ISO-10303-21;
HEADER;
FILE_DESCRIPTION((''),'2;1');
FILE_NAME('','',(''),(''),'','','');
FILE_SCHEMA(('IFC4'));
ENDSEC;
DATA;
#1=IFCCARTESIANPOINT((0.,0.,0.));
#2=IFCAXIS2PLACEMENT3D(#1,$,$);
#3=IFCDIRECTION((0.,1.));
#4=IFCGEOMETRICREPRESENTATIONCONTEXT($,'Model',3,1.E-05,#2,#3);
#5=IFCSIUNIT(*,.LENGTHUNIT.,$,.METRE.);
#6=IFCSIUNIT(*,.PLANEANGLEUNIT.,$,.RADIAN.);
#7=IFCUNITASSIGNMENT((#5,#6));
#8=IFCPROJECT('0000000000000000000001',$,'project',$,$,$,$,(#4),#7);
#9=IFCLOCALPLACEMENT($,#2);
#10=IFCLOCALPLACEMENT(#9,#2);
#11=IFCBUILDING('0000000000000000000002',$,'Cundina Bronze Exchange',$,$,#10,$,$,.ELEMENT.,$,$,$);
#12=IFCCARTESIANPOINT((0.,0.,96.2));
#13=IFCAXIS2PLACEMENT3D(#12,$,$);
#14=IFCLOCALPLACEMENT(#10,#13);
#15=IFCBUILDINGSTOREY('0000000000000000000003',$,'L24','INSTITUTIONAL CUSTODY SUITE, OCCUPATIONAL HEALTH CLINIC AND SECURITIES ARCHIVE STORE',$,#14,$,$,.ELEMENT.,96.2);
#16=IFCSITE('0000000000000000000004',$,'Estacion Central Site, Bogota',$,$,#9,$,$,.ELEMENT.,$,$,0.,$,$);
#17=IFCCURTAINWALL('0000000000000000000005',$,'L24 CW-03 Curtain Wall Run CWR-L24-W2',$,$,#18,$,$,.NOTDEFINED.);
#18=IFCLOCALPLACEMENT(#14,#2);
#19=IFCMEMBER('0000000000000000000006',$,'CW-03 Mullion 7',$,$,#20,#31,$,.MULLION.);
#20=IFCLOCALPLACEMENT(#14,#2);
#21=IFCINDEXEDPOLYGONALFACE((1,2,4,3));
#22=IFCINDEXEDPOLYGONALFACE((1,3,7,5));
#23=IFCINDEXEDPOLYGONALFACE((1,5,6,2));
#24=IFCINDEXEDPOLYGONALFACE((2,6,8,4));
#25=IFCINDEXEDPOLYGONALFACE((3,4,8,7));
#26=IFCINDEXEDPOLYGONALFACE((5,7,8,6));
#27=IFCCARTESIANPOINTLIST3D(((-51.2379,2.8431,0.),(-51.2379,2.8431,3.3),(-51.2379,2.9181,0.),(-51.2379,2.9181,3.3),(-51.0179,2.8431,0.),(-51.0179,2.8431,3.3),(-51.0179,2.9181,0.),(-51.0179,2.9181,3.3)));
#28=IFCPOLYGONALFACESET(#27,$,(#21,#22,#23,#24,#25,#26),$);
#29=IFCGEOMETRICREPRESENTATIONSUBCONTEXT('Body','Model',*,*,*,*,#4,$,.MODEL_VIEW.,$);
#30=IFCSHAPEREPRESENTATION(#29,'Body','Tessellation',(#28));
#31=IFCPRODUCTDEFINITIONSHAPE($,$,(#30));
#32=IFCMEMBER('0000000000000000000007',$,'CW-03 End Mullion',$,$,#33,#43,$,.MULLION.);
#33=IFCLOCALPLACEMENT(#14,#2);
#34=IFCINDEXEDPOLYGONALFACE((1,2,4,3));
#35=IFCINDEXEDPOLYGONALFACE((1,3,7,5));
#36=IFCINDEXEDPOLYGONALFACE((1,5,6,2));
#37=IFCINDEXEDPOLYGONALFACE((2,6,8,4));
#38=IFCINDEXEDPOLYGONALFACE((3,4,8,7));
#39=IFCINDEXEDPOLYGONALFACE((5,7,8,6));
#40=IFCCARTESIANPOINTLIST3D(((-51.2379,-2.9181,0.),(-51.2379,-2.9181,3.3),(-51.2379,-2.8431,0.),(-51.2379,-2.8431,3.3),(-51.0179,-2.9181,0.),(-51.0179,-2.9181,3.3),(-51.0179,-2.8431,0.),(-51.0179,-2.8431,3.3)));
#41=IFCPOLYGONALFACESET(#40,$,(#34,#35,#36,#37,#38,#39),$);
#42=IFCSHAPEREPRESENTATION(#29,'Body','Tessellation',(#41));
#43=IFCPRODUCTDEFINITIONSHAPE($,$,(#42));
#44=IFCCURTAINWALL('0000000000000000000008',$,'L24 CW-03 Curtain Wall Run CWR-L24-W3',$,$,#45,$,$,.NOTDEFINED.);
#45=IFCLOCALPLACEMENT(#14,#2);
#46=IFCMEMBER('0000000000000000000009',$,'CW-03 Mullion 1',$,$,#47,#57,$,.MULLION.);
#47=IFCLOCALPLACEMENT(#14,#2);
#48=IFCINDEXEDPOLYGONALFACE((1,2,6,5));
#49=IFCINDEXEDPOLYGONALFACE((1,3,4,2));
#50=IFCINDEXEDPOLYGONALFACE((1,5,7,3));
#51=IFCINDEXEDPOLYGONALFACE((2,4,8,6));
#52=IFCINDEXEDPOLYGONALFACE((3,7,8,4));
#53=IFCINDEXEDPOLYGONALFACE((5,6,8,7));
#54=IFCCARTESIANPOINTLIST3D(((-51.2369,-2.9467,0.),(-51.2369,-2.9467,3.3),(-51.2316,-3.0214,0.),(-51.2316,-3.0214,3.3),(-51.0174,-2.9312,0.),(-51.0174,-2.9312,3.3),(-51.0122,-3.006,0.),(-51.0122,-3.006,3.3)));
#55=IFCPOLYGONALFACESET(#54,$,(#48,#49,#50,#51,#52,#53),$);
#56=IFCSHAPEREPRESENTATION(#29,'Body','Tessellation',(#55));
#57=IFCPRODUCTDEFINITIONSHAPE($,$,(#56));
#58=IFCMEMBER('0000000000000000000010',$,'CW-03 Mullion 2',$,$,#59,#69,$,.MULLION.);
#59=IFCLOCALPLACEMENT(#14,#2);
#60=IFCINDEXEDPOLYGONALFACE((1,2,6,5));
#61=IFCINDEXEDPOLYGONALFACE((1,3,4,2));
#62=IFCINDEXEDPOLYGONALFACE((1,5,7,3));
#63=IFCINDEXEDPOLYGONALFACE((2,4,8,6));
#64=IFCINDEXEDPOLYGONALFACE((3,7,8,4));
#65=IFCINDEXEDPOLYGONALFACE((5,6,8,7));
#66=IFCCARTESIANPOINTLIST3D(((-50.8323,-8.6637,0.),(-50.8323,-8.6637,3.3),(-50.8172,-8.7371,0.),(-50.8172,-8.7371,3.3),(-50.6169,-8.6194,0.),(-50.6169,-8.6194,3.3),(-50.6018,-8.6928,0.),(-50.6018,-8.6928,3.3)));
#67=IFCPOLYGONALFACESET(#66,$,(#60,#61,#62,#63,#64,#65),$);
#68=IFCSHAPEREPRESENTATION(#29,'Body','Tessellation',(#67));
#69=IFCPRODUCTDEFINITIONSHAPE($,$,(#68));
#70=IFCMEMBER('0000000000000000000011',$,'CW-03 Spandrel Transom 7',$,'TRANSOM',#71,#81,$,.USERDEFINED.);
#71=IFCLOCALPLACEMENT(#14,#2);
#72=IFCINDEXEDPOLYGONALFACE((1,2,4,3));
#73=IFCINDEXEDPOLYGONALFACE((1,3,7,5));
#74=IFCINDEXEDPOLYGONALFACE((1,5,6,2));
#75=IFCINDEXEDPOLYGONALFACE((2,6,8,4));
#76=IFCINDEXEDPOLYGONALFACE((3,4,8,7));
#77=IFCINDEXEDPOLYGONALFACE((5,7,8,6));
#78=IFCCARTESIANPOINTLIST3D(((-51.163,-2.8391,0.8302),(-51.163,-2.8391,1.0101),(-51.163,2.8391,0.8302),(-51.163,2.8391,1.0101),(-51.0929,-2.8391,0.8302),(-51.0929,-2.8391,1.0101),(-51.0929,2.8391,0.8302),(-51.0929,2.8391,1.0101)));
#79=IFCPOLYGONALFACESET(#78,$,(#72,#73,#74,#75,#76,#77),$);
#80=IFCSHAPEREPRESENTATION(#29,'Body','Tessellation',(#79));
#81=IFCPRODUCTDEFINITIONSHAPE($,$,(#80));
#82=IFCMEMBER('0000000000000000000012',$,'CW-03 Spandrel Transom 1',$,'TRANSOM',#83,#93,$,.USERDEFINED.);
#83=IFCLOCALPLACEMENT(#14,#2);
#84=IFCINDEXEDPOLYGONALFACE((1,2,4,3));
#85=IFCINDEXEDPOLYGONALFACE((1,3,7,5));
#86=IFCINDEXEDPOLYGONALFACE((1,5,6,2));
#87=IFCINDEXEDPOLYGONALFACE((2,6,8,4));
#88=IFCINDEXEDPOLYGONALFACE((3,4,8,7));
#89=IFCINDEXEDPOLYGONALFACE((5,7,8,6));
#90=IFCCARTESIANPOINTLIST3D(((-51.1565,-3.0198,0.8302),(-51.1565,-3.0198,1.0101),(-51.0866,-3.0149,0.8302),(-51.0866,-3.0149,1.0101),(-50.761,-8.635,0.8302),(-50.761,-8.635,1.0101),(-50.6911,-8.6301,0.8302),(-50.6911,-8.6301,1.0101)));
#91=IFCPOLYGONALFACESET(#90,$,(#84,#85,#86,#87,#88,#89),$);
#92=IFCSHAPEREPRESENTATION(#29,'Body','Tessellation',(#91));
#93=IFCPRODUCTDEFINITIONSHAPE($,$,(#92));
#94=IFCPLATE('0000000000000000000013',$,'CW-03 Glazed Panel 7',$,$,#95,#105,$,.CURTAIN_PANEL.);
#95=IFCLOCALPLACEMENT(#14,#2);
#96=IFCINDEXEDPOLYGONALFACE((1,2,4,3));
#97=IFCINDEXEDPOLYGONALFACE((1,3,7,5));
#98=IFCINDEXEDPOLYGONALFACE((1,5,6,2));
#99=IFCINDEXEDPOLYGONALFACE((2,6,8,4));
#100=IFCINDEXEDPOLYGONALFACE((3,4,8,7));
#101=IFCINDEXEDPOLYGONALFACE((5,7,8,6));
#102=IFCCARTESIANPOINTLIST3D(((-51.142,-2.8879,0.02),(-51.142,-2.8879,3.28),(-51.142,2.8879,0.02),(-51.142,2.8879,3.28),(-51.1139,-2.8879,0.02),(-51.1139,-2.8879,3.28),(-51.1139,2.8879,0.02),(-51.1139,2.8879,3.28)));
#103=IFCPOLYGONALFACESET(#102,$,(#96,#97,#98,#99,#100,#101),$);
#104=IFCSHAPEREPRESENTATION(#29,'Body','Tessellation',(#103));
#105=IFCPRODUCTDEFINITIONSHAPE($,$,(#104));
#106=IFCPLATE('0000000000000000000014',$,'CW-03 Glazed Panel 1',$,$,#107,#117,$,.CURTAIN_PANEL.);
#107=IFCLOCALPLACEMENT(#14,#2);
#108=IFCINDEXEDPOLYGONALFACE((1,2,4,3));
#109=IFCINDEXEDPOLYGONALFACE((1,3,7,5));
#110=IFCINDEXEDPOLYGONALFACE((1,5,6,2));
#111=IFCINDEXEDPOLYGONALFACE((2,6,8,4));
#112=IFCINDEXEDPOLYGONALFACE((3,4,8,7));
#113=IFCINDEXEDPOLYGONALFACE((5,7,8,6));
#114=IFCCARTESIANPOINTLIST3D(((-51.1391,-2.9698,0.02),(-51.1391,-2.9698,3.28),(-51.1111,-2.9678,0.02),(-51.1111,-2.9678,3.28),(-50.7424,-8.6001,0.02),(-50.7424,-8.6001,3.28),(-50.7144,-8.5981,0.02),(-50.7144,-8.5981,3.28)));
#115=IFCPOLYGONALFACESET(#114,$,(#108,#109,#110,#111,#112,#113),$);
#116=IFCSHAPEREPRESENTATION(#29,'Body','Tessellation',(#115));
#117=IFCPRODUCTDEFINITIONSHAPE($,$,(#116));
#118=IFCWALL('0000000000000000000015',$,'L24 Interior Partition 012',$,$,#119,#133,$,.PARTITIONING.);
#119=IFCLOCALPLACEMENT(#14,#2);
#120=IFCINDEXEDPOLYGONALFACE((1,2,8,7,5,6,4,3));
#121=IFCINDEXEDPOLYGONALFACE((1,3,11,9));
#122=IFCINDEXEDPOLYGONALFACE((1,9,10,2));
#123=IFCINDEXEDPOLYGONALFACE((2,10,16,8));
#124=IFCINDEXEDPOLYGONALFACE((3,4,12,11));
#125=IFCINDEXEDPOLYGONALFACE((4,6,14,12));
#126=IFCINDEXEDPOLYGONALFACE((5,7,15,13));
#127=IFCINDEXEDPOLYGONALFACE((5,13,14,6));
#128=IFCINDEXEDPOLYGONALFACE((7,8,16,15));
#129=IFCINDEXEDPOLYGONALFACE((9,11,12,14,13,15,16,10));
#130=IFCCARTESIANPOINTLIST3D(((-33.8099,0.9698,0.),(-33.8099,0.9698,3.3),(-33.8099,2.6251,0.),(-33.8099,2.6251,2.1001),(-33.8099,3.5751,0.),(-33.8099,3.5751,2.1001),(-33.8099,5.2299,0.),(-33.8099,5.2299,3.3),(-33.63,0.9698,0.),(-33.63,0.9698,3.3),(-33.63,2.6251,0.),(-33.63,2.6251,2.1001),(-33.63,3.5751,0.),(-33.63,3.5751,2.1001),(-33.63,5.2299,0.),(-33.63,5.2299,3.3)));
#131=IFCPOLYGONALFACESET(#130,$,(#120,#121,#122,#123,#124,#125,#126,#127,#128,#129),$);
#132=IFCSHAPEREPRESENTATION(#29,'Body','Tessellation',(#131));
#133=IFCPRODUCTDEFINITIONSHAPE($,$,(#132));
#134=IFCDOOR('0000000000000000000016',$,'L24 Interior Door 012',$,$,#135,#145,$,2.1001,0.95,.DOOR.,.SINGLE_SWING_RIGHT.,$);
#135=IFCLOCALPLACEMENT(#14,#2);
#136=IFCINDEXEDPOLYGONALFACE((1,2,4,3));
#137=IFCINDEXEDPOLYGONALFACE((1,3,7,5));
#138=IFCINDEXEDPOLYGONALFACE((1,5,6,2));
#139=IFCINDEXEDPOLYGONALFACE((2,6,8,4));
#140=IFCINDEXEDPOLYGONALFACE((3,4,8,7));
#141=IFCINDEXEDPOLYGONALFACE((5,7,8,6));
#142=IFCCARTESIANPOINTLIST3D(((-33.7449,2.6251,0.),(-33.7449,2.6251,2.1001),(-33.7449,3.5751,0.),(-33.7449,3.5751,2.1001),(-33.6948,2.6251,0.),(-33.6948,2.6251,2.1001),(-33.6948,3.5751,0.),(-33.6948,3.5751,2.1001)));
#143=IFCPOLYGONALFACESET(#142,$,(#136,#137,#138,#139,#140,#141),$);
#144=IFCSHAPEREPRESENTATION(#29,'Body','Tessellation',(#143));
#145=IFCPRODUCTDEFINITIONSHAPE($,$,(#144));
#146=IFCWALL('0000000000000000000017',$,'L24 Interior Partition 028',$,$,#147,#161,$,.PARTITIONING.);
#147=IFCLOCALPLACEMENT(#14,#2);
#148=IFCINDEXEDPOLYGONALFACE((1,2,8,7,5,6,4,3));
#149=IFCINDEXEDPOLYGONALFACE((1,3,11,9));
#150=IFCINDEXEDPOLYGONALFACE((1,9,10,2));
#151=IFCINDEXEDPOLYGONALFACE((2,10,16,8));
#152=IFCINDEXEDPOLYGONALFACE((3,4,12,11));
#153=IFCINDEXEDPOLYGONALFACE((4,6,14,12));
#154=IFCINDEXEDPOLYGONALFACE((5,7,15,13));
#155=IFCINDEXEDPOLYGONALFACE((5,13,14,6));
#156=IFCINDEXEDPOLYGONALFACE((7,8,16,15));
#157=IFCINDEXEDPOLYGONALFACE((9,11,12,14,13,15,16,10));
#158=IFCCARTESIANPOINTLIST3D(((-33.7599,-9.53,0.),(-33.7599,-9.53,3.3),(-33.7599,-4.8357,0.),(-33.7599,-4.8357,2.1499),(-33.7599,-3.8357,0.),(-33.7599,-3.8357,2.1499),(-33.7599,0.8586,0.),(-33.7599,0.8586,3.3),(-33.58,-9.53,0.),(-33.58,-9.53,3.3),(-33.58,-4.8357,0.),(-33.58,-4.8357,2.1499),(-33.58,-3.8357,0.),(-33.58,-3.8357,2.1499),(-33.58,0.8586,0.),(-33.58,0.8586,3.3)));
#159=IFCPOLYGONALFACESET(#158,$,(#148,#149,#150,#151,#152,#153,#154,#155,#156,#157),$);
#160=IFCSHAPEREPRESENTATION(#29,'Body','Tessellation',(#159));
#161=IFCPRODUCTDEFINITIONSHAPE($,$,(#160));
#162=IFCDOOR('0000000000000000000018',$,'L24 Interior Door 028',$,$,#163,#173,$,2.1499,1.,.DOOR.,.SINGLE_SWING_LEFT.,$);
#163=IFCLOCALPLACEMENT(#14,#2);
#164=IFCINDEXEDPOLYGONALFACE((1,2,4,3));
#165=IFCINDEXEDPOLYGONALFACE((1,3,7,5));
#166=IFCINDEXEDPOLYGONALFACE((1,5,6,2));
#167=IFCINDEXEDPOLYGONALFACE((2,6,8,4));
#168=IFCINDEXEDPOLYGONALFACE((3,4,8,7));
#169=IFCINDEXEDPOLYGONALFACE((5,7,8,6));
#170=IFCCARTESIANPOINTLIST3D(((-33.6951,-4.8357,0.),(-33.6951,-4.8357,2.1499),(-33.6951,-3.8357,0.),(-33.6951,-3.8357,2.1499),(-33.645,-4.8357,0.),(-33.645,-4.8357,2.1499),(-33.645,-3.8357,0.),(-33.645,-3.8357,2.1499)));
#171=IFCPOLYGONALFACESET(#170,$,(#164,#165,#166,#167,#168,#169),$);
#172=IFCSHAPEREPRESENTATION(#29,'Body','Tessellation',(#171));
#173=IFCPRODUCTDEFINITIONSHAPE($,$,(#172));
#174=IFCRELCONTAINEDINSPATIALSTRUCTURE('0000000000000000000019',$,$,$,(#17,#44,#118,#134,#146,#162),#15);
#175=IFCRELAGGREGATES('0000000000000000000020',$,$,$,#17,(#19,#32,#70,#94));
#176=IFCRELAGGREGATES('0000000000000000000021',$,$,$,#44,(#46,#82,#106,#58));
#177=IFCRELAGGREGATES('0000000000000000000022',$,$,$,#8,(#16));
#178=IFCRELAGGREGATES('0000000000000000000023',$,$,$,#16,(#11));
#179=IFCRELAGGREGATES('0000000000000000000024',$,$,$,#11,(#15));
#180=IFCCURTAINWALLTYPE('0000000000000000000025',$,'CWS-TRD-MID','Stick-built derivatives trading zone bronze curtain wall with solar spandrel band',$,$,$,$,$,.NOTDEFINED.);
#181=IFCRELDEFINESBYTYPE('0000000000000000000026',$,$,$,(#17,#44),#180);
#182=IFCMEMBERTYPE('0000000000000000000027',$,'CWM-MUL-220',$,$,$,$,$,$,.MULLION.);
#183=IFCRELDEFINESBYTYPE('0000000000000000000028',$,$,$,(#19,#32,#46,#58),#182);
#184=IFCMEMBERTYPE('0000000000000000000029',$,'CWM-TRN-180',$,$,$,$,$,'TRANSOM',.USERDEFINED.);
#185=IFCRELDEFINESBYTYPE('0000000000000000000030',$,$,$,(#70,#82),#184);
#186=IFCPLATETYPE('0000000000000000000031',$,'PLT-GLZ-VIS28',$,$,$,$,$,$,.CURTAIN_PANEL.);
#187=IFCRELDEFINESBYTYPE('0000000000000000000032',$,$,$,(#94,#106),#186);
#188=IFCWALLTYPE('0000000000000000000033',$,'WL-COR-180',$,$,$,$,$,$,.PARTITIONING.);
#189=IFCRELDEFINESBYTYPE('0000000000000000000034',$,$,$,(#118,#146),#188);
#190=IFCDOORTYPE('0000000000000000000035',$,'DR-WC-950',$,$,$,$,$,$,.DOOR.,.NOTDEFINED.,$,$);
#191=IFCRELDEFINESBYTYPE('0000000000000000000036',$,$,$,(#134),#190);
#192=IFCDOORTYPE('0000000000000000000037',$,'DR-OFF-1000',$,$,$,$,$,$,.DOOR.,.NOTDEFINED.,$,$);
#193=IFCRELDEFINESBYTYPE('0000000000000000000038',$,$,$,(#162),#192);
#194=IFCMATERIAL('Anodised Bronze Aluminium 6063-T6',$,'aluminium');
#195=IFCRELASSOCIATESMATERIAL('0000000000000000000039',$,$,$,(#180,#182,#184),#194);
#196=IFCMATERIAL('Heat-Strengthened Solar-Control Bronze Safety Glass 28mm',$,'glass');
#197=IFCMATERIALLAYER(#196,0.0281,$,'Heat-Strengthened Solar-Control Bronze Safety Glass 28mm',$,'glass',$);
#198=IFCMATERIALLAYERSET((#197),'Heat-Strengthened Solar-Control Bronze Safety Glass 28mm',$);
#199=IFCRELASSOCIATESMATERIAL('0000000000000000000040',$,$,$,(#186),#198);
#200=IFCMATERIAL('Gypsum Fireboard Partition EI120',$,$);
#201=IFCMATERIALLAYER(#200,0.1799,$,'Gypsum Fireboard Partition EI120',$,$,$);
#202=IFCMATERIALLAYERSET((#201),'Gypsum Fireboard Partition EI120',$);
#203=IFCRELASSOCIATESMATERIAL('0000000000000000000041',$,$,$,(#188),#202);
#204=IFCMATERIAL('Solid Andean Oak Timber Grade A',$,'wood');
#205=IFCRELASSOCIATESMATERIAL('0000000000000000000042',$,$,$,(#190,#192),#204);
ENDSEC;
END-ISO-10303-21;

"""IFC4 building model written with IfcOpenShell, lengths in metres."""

from ifc_helpers import new_model, si_unit, direction, frame, frame_2d, origin, origin_2d, place, context, subcontext, project, spatial, rectangle, extrude, material, layer, layer_set, material_profile, profile_set, type_object, element, fill, aggregate, save


model = new_model("IFC4")

# Units and contexts
model_context = context("Model", 3, precision=1e-05, world=origin(), true_north=direction((0.0, 1.0)))
body_context = subcontext(model_context, "Body", "Model", "MODEL_VIEW")
ifc_project = project(units=[si_unit("LENGTHUNIT", "METRE"), si_unit("PLANEANGLEUNIT", "RADIAN")], contexts=[model_context])

# Site, building, storey
site_placement = place(None, origin())
site = spatial("IfcSite", under=ifc_project, at=site_placement, Name="Estacion Central Site, Bogota", CompositionType="ELEMENT", RefElevation=0.0)
building_placement = place(site_placement, origin())
building = spatial("IfcBuilding", under=site, at=building_placement, Name="Cundina Bronze Exchange", CompositionType="ELEMENT")
storey_placement = place(building_placement, frame((0.0, 0.0, 96.2)))
storey = spatial("IfcBuildingStorey", under=building, at=storey_placement, Name="L24", Description="INSTITUTIONAL CUSTODY SUITE, OCCUPATIONAL HEALTH CLINIC AND SECURITIES ARCHIVE STORE", CompositionType="ELEMENT", Elevation=96.2)

# Curtain walls, members
ifc_material_1 = material(Name="Anodised Bronze Aluminium 6063-T6", Category="aluminium")
curtain_wall_type = type_object("IfcCurtainWallType", Name="CWS-TRD-MID", Description="Stick-built derivatives trading zone bronze curtain wall with solar spandrel band", PredefinedType="NOTDEFINED", material=ifc_material_1)
curtain_wall_1_placement = place(storey_placement, origin())
curtain_wall_1 = element("IfcCurtainWall", 1, at=curtain_wall_1_placement, inside=storey, type_object=curtain_wall_type, Name="L24 CW-03 Curtain Wall Run CWR-L24-W2", PredefinedType="NOTDEFINED")
ifc_material_profile_1 = material_profile(ifc_material_1, rectangle(XDim=0.075, YDim=0.22, at=origin_2d()), Name="AL75X220", Category="aluminium")
ifc_profile_set_1 = profile_set([ifc_material_profile_1], Name="Anodised Bronze Aluminium 6063-T6")
member_type_1 = type_object("IfcMemberType", Name="CWM-MUL-220", PredefinedType="MULLION", material=ifc_profile_set_1)
member_1_placement = place(storey_placement, frame((-51.1279, 2.8806, 0.0), z_axis=(0.0, 0.0, 1.0), x_axis=(0.0, -1.0, 0.0)))
member_1 = element("IfcMember", 2, at=member_1_placement, type_object=member_type_1, Name="CW-03 Mullion 7", PredefinedType="MULLION", context=body_context, shape_type="SweptSolid", body=[
    extrude(rectangle(XDim=0.075, YDim=0.22, at=origin_2d()), origin(), (0.0, 0.0, 1.0), 3.3),
])
member_2_placement = place(storey_placement, frame((-51.1279, -2.8806, 0.0), z_axis=(0.0, 0.0, 1.0), x_axis=(0.0, -1.0, 0.0)))
member_2 = element("IfcMember", 3, at=member_2_placement, type_object=member_type_1, Name="CW-03 End Mullion", PredefinedType="MULLION", context=body_context, shape_type="SweptSolid", body=[
    extrude(rectangle(XDim=0.075, YDim=0.22, at=origin_2d()), origin(), (0.0, 0.0, 1.0), 3.3),
])
curtain_wall_2_placement = place(storey_placement, origin())
curtain_wall_2 = element("IfcCurtainWall", 4, at=curtain_wall_2_placement, inside=storey, type_object=curtain_wall_type, Name="L24 CW-03 Curtain Wall Run CWR-L24-W3", PredefinedType="NOTDEFINED")
member_3_placement = place(storey_placement, frame((-51.1245, -2.9763, 0.0), z_axis=(0.0, 0.0, 1.0), x_axis=(0.070279, -0.997527, 0.0)))
member_3 = element("IfcMember", 5, at=member_3_placement, type_object=member_type_1, Name="CW-03 Mullion 1", PredefinedType="MULLION", context=body_context, shape_type="SweptSolid", body=[
    extrude(rectangle(XDim=0.075, YDim=0.22, at=origin_2d()), origin(), (0.0, 0.0, 1.0), 3.3),
])
member_4_placement = place(storey_placement, frame((-50.717, -8.6782, 0.0), z_axis=(0.0, 0.0, 1.0), x_axis=(0.20142, -0.979505, 0.0)))
member_4 = element("IfcMember", 6, at=member_4_placement, type_object=member_type_1, Name="CW-03 Mullion 2", PredefinedType="MULLION", context=body_context, shape_type="SweptSolid", body=[
    extrude(rectangle(XDim=0.075, YDim=0.22, at=origin_2d()), origin(), (0.0, 0.0, 1.0), 3.3),
])

# Members
ifc_material_profile_2 = material_profile(ifc_material_1, rectangle(XDim=0.0701, YDim=0.1799, at=origin_2d()), Name="AL70X180", Category="aluminium")
ifc_profile_set_2 = profile_set([ifc_material_profile_2], Name="Anodised Bronze Aluminium 6063-T6")
member_type_2 = type_object("IfcMemberType", Name="CWM-TRN-180", ElementType="TRANSOM", PredefinedType="USERDEFINED", material=ifc_profile_set_2)
member_5_placement = place(storey_placement, frame((-51.1279, 2.8391, 0.9202), z_axis=(0.0, -1.0, 0.0), x_axis=(1.0, 0.0, 0.0)))
member_5 = element("IfcMember", 7, at=member_5_placement, type_object=member_type_2, Name="CW-03 Spandrel Transom 7", ObjectType="TRANSOM", PredefinedType="USERDEFINED", context=body_context, shape_type="SweptSolid", body=[
    extrude(rectangle(XDim=0.0701, YDim=0.1799, at=origin_2d()), origin(), (0.0, 0.0, 1.0), 5.6782),
])
member_6_placement = place(storey_placement, frame((-51.1216, -3.0173, 0.9202), z_axis=(0.070261, -0.997529, 0.0), x_axis=(0.997529, 0.070261, 0.0)))
member_6 = element("IfcMember", 8, at=member_6_placement, type_object=member_type_2, Name="CW-03 Spandrel Transom 1", ObjectType="TRANSOM", PredefinedType="USERDEFINED", context=body_context, shape_type="SweptSolid", body=[
    extrude(rectangle(XDim=0.0701, YDim=0.1799, at=origin_2d()), origin(), (0.0, 0.0, 1.0), 5.6292),
])

# Plates
ifc_material_2 = material(Name="Heat-Strengthened Solar-Control Bronze Safety Glass 28mm", Category="glass")
ifc_layer_1 = layer(ifc_material_2, 0.0281, Name="Heat-Strengthened Solar-Control Bronze Safety Glass 28mm", Category="glass")
ifc_layer_set_1 = layer_set([ifc_layer_1], Name="Heat-Strengthened Solar-Control Bronze Safety Glass 28mm")
plate_type = type_object("IfcPlateType", Name="PLT-GLZ-VIS28", PredefinedType="CURTAIN_PANEL", material=ifc_layer_set_1)
plate_1_placement = place(storey_placement, frame((-51.1279, 0.0, 0.02), z_axis=(0.0, 0.0, 1.0), x_axis=(0.0, -1.0, 0.0)))
plate_1 = element("IfcPlate", 9, at=plate_1_placement, type_object=plate_type, Name="CW-03 Glazed Panel 7", PredefinedType="CURTAIN_PANEL", context=body_context, shape_type="SweptSolid", body=[
    extrude(rectangle(XDim=5.7759, YDim=0.0281, at=origin_2d()), origin(), (0.0, 0.0, 1.0), 3.26),
])
aggregate(curtain_wall_1, [member_1, member_2, member_5, plate_1])
plate_2_placement = place(storey_placement, frame((-50.9268, -5.7839, 0.02), z_axis=(0.0, 0.0, 1.0), x_axis=(0.070279, -0.997527, 0.0)))
plate_2 = element("IfcPlate", 10, at=plate_2_placement, type_object=plate_type, Name="CW-03 Glazed Panel 1", PredefinedType="CURTAIN_PANEL", context=body_context, shape_type="SweptSolid", body=[
    extrude(rectangle(XDim=5.6443, YDim=0.0281, at=origin_2d()), origin(), (0.0, 0.0, 1.0), 3.26),
])
aggregate(curtain_wall_2, [member_3, member_6, plate_2, member_4])

# Walls, openings, doors
ifc_material_3 = material(Name="Gypsum Fireboard Partition EI120")
ifc_layer_2 = layer(ifc_material_3, 0.1799, Name="Gypsum Fireboard Partition EI120")
ifc_layer_set_2 = layer_set([ifc_layer_2], Name="Gypsum Fireboard Partition EI120")
wall_type_1 = type_object("IfcWallType", Name="WL-COR-180", PredefinedType="PARTITIONING", material=ifc_layer_set_2)
wall_1_placement = place(storey_placement, frame((-33.72, 0.97, 0.0), z_axis=(0.0, 0.0, 1.0), x_axis=(0.0, 1.0, 0.0)))
wall_1 = element("IfcWall", 11, at=wall_1_placement, inside=storey, type_object=wall_type_1, Name="L24 Interior Partition 012", PredefinedType="PARTITIONING", context=body_context, shape_type="SweptSolid", body=[
    extrude(rectangle(XDim=4.26, YDim=0.1799, at=frame_2d((2.1299, 0.0))), origin(), (0.0, 0.0, 1.0), 3.3),
])
opening_1_placement = place(wall_1_placement, frame((1.655, 0.0, 0.0)))
opening_1 = element("IfcOpeningElement", 12, at=opening_1_placement, cuts=wall_1, PredefinedType="OPENING", context=body_context, shape_type="SweptSolid", body=[
    extrude(rectangle(XDim=0.95, YDim=2.1001, at=frame_2d((0.4751, 1.05))), frame((0.0, 0.0999, 0.0), z_axis=(0.0, -1.0, 0.0), x_axis=(1.0, 0.0, 0.0)), (0.0, 0.0, 1.0), 0.2),
])
ifc_material_4 = material(Name="Solid Andean Oak Timber Grade A", Category="wood")
door_type_1 = type_object("IfcDoorType", Name="DR-WC-950", OperationType="NOTDEFINED", PredefinedType="DOOR", material=ifc_material_4)
door_1_placement = place(opening_1_placement, origin())
door_1 = element("IfcDoor", 13, at=door_1_placement, inside=storey, type_object=door_type_1, Name="L24 Interior Door 012", OperationType="SINGLE_SWING_RIGHT", OverallHeight=2.1001, OverallWidth=0.95, PredefinedType="DOOR", context=body_context, shape_type="SweptSolid", body=[
    extrude(rectangle(XDim=0.95, YDim=2.1001, at=frame_2d((0.4751, 1.05))), frame((0.0, 0.0249, 0.0), z_axis=(0.0, -1.0, 0.0), x_axis=(1.0, 0.0, 0.0)), (0.0, 0.0, 1.0), 0.05),
])
fill(opening_1, door_1)
wall_2_placement = place(storey_placement, frame((-33.6699, 0.8586, 0.0), z_axis=(0.0, 0.0, 1.0), x_axis=(0.0, -1.0, 0.0)))
wall_2 = element("IfcWall", 14, at=wall_2_placement, inside=storey, type_object=wall_type_1, Name="L24 Interior Partition 028", PredefinedType="PARTITIONING", context=body_context, shape_type="SweptSolid", body=[
    extrude(rectangle(XDim=10.3887, YDim=0.1799, at=frame_2d((5.1943, 0.0))), origin(), (0.0, 0.0, 1.0), 3.3),
])
opening_2_placement = place(wall_2_placement, frame((4.6943, 0.0, 0.0)))
opening_2 = element("IfcOpeningElement", 15, at=opening_2_placement, cuts=wall_2, PredefinedType="OPENING", context=body_context, shape_type="SweptSolid", body=[
    extrude(rectangle(XDim=1.0, YDim=2.1499, at=frame_2d((0.5, 1.075))), frame((0.0, 0.0999, 0.0), z_axis=(0.0, -1.0, 0.0), x_axis=(1.0, 0.0, 0.0)), (0.0, 0.0, 1.0), 0.2),
])
door_type_2 = type_object("IfcDoorType", Name="DR-OFF-1000", OperationType="NOTDEFINED", PredefinedType="DOOR", material=ifc_material_4)
door_2_placement = place(opening_2_placement, origin())
door_2 = element("IfcDoor", 16, at=door_2_placement, inside=storey, type_object=door_type_2, Name="L24 Interior Door 028", OperationType="SINGLE_SWING_LEFT", OverallHeight=2.1499, OverallWidth=1.0, PredefinedType="DOOR", context=body_context, shape_type="SweptSolid", body=[
    extrude(rectangle(XDim=1.0, YDim=2.1499, at=frame_2d((0.5, 1.075))), frame((0.0, 0.0249, 0.0), z_axis=(0.0, -1.0, 0.0), x_axis=(1.0, 0.0, 0.0)), (0.0, 0.0, 1.0), 0.05),
])
fill(opening_2, door_2)

save(model, "model.ifc")
